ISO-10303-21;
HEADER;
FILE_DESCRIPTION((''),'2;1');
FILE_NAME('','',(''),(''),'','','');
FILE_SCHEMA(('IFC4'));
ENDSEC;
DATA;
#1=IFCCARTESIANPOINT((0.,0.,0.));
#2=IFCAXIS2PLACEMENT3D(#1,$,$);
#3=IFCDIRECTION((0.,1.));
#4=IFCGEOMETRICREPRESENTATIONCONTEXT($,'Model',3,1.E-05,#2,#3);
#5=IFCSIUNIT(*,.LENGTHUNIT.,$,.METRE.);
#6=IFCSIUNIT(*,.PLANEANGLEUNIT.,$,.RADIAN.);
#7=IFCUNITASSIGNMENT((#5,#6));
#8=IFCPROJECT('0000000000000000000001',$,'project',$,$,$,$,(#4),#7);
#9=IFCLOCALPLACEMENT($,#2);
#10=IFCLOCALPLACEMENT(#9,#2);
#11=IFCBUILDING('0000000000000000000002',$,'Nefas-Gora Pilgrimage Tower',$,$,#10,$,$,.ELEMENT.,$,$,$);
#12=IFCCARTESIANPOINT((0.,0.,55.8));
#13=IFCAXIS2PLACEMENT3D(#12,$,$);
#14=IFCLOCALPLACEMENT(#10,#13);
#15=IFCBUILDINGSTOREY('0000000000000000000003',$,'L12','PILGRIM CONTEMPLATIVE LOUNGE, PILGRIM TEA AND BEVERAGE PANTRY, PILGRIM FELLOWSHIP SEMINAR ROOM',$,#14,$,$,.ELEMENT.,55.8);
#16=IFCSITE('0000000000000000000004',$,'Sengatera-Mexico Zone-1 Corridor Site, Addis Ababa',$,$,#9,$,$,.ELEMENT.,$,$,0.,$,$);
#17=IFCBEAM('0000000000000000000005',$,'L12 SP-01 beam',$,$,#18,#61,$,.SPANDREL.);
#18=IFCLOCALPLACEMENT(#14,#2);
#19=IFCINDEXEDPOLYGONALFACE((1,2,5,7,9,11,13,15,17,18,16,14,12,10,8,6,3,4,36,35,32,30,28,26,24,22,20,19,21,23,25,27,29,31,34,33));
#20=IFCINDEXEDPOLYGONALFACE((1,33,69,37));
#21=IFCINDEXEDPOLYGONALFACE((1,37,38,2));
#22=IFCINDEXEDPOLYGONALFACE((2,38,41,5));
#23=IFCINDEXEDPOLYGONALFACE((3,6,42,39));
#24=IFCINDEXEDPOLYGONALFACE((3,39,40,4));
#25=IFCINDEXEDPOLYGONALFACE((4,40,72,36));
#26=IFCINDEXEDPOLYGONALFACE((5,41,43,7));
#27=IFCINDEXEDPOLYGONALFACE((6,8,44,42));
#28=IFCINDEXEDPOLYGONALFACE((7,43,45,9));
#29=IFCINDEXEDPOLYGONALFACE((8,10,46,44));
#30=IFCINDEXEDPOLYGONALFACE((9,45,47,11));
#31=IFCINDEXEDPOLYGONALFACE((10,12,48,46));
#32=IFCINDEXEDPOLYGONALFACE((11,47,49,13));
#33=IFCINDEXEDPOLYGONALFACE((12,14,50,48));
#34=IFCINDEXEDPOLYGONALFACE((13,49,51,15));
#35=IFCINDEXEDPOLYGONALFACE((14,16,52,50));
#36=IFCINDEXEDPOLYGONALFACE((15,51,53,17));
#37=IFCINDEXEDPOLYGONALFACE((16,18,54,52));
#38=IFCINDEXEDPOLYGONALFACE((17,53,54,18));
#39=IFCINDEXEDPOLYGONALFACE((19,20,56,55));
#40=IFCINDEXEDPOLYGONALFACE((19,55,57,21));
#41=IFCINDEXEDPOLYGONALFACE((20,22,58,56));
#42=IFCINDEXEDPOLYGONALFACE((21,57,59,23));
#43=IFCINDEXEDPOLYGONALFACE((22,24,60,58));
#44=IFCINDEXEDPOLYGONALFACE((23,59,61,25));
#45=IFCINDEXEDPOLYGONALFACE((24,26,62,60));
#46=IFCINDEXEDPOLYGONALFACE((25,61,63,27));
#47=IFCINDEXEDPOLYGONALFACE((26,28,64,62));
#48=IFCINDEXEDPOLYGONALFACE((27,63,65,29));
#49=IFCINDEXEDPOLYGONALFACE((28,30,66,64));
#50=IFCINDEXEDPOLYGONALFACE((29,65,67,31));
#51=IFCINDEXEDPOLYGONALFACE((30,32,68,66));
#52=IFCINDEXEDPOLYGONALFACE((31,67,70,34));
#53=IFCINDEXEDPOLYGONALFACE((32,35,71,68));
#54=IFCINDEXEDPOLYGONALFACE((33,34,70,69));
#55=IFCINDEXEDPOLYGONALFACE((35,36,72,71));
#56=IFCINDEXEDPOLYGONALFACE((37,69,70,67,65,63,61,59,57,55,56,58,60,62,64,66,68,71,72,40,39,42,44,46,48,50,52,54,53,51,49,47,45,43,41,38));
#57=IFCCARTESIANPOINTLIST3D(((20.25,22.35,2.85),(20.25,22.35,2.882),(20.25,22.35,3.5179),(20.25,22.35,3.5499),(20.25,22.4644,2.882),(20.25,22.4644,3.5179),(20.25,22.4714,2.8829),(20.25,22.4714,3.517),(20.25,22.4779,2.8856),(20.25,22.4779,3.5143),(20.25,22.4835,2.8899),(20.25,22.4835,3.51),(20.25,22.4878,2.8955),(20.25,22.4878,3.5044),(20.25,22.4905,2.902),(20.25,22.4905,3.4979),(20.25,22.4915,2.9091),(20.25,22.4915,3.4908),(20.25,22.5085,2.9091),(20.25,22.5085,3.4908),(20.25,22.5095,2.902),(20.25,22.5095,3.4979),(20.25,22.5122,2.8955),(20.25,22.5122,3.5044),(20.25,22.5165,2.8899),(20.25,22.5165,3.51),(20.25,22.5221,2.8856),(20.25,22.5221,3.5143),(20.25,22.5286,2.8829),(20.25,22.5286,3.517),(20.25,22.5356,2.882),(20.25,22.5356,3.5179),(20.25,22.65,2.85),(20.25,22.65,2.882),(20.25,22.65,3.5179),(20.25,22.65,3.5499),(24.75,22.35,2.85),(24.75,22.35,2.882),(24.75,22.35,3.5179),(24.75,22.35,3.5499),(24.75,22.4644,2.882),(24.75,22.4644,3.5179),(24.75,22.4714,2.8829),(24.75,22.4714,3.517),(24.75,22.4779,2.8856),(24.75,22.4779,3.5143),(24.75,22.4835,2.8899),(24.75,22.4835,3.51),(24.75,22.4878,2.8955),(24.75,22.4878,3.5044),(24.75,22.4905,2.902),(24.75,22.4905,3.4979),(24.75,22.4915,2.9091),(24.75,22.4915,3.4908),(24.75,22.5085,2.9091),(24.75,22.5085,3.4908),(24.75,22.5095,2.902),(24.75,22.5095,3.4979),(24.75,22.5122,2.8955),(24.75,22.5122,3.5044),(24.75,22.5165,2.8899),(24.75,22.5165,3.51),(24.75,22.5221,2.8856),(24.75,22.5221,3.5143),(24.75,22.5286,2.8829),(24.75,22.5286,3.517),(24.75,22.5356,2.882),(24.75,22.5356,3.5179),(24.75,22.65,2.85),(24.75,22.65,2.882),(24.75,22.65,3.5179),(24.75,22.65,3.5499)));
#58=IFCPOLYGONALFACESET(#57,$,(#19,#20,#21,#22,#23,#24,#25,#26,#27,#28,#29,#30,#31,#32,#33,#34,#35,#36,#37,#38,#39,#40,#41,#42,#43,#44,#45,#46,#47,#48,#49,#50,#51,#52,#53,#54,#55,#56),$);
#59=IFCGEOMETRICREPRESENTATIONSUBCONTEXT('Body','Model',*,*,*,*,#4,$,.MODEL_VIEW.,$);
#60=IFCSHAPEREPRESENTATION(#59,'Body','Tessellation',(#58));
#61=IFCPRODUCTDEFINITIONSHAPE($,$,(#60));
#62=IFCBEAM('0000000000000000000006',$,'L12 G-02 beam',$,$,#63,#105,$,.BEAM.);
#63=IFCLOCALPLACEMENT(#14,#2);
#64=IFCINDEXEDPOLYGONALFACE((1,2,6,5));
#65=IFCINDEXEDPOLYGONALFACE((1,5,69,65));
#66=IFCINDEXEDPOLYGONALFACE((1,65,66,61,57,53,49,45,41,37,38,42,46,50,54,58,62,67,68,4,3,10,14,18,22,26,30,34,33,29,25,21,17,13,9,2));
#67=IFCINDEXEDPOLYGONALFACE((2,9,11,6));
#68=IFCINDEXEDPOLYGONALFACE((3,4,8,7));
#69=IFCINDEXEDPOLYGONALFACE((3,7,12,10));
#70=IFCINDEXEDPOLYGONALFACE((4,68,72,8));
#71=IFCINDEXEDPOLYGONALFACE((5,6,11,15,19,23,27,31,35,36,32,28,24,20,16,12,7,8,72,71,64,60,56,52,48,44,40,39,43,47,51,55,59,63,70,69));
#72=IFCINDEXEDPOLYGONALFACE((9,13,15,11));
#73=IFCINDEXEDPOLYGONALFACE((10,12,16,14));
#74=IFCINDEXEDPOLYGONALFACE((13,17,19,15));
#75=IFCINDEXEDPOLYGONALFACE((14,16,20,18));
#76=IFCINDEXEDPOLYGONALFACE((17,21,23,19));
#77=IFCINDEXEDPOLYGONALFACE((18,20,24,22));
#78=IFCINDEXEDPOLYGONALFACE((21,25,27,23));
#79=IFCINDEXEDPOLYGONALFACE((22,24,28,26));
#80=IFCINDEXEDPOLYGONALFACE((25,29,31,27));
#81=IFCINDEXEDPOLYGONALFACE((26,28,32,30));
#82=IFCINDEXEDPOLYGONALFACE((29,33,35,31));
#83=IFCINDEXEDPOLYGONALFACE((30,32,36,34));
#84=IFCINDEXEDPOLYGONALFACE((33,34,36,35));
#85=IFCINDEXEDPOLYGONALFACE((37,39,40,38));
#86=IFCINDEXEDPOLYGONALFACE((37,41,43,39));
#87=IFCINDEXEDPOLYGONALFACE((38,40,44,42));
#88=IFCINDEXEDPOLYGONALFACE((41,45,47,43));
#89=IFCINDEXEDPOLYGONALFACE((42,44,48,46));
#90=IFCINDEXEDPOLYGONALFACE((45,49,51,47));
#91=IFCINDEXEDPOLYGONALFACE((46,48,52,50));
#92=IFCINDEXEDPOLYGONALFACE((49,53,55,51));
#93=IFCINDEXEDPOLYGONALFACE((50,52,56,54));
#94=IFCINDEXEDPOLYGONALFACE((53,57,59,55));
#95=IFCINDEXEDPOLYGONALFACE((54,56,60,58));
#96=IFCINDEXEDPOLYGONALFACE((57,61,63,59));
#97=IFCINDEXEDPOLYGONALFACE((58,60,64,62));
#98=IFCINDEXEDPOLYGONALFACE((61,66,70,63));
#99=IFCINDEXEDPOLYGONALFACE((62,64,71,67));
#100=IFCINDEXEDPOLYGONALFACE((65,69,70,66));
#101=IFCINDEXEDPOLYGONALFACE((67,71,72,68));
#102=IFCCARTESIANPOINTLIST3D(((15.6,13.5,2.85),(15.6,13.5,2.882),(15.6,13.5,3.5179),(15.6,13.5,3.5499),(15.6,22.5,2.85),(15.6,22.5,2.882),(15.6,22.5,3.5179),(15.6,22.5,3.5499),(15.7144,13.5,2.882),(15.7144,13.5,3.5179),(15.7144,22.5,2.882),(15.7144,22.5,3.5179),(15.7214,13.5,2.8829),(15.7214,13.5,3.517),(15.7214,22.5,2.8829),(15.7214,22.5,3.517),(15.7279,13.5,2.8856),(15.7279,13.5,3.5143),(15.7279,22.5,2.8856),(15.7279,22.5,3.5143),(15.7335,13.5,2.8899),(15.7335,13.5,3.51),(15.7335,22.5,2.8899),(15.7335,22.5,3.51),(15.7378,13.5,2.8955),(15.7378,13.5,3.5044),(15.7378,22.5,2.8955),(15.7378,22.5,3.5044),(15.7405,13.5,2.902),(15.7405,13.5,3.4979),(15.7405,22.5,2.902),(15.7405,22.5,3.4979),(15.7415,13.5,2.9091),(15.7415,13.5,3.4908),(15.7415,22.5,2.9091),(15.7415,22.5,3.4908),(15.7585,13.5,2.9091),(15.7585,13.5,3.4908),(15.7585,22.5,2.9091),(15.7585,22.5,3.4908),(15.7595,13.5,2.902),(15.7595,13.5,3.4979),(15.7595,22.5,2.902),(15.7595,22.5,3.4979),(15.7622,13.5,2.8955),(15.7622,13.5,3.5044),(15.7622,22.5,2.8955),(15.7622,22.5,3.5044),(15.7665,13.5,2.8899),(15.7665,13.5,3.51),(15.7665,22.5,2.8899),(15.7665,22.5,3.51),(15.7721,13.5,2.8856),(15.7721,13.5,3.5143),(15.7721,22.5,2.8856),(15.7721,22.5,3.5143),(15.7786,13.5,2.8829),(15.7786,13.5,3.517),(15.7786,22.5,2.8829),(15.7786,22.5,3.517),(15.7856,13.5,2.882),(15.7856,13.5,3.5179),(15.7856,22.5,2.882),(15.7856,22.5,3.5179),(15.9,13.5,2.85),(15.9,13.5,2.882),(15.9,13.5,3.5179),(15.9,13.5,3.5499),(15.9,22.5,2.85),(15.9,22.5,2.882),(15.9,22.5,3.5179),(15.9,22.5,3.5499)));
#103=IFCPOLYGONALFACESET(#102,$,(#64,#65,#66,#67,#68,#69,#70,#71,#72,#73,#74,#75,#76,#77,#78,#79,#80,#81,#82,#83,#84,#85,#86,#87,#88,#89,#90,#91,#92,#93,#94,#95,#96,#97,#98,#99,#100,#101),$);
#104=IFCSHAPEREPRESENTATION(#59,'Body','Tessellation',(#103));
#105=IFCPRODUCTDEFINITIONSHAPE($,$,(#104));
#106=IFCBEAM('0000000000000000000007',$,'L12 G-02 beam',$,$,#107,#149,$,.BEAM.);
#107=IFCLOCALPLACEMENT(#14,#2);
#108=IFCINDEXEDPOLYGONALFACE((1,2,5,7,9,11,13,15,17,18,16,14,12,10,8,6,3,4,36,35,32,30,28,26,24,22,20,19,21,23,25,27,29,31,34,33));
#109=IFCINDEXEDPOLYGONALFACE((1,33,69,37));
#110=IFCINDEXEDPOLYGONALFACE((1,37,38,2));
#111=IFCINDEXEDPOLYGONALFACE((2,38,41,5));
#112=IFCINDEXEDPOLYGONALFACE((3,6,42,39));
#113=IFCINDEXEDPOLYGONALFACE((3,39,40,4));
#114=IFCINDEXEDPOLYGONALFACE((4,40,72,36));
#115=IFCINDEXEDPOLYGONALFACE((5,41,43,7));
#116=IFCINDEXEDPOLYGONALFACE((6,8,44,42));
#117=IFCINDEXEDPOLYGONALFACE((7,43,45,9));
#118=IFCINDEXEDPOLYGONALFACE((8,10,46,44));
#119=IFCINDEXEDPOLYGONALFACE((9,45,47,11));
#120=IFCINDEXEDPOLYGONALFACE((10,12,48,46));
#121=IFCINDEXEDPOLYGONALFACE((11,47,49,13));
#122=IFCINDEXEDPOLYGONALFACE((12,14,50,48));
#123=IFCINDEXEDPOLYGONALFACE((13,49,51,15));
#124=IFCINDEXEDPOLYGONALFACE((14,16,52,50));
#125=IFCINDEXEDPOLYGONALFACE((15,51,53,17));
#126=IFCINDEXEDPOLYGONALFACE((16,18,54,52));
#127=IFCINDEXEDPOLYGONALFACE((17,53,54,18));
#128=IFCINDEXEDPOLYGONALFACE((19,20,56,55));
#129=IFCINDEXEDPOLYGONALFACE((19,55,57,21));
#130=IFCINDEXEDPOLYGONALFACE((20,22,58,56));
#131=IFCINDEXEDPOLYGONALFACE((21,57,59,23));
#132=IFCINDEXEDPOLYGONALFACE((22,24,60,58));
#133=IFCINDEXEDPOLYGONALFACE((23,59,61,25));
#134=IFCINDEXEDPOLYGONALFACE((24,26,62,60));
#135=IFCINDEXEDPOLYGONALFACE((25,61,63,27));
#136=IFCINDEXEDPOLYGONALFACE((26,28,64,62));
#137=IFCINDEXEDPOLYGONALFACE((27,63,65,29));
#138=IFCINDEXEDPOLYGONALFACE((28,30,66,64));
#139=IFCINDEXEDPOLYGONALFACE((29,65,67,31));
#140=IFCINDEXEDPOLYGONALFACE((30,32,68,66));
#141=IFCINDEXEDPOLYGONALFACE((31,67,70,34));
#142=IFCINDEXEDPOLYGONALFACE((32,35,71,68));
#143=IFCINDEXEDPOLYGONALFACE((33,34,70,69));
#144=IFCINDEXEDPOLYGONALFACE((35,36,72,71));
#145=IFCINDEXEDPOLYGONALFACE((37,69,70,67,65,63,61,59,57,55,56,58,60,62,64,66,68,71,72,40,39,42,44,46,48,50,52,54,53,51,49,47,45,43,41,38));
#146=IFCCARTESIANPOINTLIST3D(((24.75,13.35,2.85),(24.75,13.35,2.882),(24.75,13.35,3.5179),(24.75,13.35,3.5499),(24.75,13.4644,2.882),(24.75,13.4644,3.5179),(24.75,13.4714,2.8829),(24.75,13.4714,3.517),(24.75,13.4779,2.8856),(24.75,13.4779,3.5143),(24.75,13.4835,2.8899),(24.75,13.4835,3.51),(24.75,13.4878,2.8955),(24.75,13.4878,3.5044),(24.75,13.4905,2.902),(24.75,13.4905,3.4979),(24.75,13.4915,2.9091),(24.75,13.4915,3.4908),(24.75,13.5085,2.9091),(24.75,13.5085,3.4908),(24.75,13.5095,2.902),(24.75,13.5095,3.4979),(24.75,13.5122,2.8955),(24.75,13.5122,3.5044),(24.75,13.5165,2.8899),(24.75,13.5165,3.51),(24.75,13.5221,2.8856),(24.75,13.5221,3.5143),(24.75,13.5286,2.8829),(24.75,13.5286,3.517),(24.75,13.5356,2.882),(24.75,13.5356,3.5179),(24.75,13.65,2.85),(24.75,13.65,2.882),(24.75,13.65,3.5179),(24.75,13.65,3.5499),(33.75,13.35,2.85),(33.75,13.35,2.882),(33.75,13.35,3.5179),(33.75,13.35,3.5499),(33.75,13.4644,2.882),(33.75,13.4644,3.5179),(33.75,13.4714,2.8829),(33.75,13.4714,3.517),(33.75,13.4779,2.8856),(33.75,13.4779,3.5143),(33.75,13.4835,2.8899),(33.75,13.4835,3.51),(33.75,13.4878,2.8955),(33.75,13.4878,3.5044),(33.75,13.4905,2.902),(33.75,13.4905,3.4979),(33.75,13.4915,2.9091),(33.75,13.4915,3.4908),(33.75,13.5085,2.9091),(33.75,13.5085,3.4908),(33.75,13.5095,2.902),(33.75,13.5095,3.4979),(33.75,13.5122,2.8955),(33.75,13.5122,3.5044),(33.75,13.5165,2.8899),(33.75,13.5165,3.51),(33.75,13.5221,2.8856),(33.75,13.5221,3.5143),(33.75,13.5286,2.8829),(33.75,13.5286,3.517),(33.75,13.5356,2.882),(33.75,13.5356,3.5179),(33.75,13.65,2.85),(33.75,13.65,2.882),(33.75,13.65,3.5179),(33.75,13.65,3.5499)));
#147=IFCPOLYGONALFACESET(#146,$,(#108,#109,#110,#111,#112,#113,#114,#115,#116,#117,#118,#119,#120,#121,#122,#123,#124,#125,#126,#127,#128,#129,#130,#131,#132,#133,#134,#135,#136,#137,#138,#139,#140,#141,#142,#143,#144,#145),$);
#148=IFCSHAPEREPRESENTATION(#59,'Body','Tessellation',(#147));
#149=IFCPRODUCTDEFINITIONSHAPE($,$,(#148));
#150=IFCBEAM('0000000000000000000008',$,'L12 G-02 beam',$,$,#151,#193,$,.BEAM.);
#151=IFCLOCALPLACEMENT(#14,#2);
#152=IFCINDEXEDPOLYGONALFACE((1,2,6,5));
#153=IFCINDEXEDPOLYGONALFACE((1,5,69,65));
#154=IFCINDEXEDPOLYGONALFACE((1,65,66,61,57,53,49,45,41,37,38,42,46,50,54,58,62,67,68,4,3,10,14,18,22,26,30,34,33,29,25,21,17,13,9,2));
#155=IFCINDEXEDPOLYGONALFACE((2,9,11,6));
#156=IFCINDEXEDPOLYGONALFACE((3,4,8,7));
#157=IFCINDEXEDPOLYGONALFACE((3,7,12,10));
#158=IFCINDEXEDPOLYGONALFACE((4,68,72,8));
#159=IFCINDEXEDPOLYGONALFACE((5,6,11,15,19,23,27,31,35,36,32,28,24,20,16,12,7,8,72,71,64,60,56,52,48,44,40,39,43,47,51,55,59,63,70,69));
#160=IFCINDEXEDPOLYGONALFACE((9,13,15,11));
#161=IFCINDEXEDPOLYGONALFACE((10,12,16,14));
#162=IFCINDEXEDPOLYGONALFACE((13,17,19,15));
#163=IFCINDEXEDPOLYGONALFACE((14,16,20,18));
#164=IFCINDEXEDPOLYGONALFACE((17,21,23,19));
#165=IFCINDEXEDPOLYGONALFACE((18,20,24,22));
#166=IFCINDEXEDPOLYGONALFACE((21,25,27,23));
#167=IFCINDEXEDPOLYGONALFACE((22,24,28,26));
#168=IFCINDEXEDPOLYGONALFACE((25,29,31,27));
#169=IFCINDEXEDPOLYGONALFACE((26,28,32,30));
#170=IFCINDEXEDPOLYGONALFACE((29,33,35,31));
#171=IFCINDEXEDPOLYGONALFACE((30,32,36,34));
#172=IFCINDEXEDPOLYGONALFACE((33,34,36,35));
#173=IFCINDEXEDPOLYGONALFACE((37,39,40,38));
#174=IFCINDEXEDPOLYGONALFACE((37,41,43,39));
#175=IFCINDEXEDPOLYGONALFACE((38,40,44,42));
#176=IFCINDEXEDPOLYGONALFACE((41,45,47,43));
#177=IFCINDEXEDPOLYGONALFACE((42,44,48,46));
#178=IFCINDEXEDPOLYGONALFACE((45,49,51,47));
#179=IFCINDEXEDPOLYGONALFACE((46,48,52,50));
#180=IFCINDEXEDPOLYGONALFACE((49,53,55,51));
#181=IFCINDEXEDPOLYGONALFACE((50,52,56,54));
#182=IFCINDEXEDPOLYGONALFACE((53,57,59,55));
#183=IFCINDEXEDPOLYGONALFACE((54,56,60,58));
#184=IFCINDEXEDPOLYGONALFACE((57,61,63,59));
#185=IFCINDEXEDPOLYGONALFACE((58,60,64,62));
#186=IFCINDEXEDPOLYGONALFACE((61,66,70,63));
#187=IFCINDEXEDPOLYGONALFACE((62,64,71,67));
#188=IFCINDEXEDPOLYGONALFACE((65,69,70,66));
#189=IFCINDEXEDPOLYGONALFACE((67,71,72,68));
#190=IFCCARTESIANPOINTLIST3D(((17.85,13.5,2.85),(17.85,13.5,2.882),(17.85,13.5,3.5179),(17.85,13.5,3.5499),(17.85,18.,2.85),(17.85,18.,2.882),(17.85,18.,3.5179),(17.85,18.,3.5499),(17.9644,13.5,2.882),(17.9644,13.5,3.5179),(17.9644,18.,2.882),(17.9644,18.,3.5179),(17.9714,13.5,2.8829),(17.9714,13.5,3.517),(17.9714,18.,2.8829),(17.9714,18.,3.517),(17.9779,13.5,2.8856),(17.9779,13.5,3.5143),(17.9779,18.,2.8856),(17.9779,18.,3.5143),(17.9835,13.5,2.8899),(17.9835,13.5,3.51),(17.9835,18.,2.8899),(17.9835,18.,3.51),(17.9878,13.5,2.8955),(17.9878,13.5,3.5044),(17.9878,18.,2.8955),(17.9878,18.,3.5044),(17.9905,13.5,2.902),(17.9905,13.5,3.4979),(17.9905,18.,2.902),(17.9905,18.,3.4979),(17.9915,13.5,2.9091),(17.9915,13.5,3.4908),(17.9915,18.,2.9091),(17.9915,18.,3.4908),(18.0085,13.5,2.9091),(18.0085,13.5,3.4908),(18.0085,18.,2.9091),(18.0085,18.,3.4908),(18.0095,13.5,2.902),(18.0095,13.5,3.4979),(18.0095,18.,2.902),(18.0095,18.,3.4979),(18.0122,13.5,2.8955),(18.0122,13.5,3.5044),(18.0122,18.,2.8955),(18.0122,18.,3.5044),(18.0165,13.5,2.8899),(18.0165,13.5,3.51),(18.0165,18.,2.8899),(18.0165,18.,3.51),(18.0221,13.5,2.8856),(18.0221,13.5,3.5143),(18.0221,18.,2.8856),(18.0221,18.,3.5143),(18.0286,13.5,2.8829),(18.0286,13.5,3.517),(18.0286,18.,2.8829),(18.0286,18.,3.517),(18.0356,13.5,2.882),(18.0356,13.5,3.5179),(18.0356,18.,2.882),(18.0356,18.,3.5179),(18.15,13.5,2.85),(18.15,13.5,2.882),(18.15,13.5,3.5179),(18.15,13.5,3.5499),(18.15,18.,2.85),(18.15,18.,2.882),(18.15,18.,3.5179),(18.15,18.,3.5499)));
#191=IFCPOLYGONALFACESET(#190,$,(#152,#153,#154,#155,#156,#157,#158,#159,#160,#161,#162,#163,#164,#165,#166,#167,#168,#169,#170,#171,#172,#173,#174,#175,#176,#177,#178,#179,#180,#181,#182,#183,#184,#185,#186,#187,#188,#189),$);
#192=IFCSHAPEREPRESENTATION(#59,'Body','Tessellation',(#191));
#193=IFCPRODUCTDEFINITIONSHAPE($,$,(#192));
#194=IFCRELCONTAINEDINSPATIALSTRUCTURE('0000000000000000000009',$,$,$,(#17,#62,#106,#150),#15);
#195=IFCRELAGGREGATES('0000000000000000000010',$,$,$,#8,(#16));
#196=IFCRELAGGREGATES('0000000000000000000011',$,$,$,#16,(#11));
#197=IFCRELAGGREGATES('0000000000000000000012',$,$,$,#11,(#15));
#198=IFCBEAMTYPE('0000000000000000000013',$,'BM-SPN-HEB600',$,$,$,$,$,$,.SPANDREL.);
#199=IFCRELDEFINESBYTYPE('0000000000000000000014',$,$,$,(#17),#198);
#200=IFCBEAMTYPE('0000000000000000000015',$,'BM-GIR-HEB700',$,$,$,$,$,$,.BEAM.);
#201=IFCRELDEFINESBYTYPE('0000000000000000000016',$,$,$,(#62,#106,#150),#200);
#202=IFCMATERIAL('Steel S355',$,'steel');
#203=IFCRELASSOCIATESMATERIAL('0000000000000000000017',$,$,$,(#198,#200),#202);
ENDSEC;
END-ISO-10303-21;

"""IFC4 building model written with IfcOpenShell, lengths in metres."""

from ifc_helpers import new_model, si_unit, direction, frame, origin, origin_2d, place, context, subcontext, project, spatial, i_section, extrude, source, transform, mapped, material, material_profile, profile_set, type_object, element, save


model = new_model("IFC4")

# Units and contexts
model_context = context("Model", 3, precision=1e-05, world=origin(), true_north=direction((0.0, 1.0)))
body_context = subcontext(model_context, "Body", "Model", "MODEL_VIEW")
ifc_project = project(units=[si_unit("LENGTHUNIT", "METRE"), si_unit("PLANEANGLEUNIT", "RADIAN")], contexts=[model_context])

# Site, building, storey
site_placement = place(None, origin())
site = spatial("IfcSite", under=ifc_project, at=site_placement, Name="Sengatera-Mexico Zone-1 Corridor Site, Addis Ababa", CompositionType="ELEMENT", RefElevation=0.0)
building_placement = place(site_placement, origin())
building = spatial("IfcBuilding", under=site, at=building_placement, Name="Nefas-Gora Pilgrimage Tower", CompositionType="ELEMENT")
storey_placement = place(building_placement, frame((0.0, 0.0, 55.8)))
storey = spatial("IfcBuildingStorey", under=building, at=storey_placement, Name="L12", Description="PILGRIM CONTEMPLATIVE LOUNGE, PILGRIM TEA AND BEVERAGE PANTRY, PILGRIM FELLOWSHIP SEMINAR ROOM", CompositionType="ELEMENT", Elevation=55.8)

# Beams
ifc_material_1 = material(Name="Steel S355", Category="steel")
ifc_material_profile_1 = material_profile(ifc_material_1, i_section(OverallWidth=0.3, OverallDepth=0.7, WebThickness=0.0171, FlangeThickness=0.032, FilletRadius=0.0271, at=origin_2d()), Name="HEB 700")
ifc_profile_set_1 = profile_set([ifc_material_profile_1], Name="Steel S355")
beam_type_1 = type_object("IfcBeamType", Name="BM-SPN-HEB600", PredefinedType="SPANDREL", material=ifc_profile_set_1)
shared_shape_1 = source(origin(), body_context, "Body", "SweptSolid", [
    extrude(i_section(OverallWidth=0.3, OverallDepth=0.7, WebThickness=0.0171, FlangeThickness=0.032, FilletRadius=0.0271, at=origin_2d()), origin(), (0.0, 0.0, 1.0), 4.5),
])
beam_1_placement = place(storey_placement, frame((20.25, 22.5, 3.2), z_axis=(1.0, 0.0, 0.0), x_axis=(0.0, 1.0, 0.0)))
element("IfcBeam", 1, at=beam_1_placement, inside=storey, type_object=beam_type_1, Name="L12 SP-01 beam", PredefinedType="SPANDREL", context=body_context, shape_type="MappedRepresentation", body=[
    mapped(shared_shape_1, transform((0.0, 0.0, 0.0), x_axis=(1.0, 0.0, 0.0), y_axis=(0.0, 1.0, 0.0), z_axis=(0.0, 0.0, 1.0), scale=1.0)),
])
ifc_material_profile_2 = material_profile(ifc_material_1, i_section(OverallWidth=0.3, OverallDepth=0.7, WebThickness=0.0171, FlangeThickness=0.032, FilletRadius=0.0271, at=origin_2d()), Name="HEB 700")
ifc_profile_set_2 = profile_set([ifc_material_profile_2], Name="Steel S355")
beam_type_2 = type_object("IfcBeamType", Name="BM-GIR-HEB700", PredefinedType="BEAM", material=ifc_profile_set_2)
shared_shape_2 = source(origin(), body_context, "Body", "SweptSolid", [
    extrude(i_section(OverallWidth=0.3, OverallDepth=0.7, WebThickness=0.0171, FlangeThickness=0.032, FilletRadius=0.0271, at=origin_2d()), origin(), (0.0, 0.0, 1.0), 9.0),
])
for number, where, z_axis, x_axis, name in (
    (2, (15.75, 13.5, 3.2), (0.0, 1.0, 0.0), (-1.0, 0.0, 0.0), "L12 G-02 beam"),
    (3, (24.75, 13.5, 3.2), (1.0, 0.0, 0.0), (0.0, 1.0, 0.0), "L12 G-02 beam"),
):
    element("IfcBeam", number, at=place(storey_placement, frame(where, z_axis=z_axis, x_axis=x_axis)), inside=storey, type_object=beam_type_2, Name=name, PredefinedType="BEAM", context=body_context, shape_type="MappedRepresentation", body=[
        mapped(shared_shape_2, transform((0.0, 0.0, 0.0), x_axis=(1.0, 0.0, 0.0), y_axis=(0.0, 1.0, 0.0), z_axis=(0.0, 0.0, 1.0), scale=1.0)),
    ])
shared_shape_3 = source(origin(), body_context, "Body", "SweptSolid", [
    extrude(i_section(OverallWidth=0.3, OverallDepth=0.7, WebThickness=0.0171, FlangeThickness=0.032, FilletRadius=0.0271, at=origin_2d()), origin(), (0.0, 0.0, 1.0), 4.5),
])
for number, where, z_axis, x_axis, name in (
    (4, (18.0, 13.5, 3.2), (0.0, 1.0, 0.0), (-1.0, 0.0, 0.0), "L12 G-02 beam"),
):
    element("IfcBeam", number, at=place(storey_placement, frame(where, z_axis=z_axis, x_axis=x_axis)), inside=storey, type_object=beam_type_2, Name=name, PredefinedType="BEAM", context=body_context, shape_type="MappedRepresentation", body=[
        mapped(shared_shape_3, transform((0.0, 0.0, 0.0), x_axis=(1.0, 0.0, 0.0), y_axis=(0.0, 1.0, 0.0), z_axis=(0.0, 0.0, 1.0), scale=1.0)),
    ])

save(model, "model.ifc")
